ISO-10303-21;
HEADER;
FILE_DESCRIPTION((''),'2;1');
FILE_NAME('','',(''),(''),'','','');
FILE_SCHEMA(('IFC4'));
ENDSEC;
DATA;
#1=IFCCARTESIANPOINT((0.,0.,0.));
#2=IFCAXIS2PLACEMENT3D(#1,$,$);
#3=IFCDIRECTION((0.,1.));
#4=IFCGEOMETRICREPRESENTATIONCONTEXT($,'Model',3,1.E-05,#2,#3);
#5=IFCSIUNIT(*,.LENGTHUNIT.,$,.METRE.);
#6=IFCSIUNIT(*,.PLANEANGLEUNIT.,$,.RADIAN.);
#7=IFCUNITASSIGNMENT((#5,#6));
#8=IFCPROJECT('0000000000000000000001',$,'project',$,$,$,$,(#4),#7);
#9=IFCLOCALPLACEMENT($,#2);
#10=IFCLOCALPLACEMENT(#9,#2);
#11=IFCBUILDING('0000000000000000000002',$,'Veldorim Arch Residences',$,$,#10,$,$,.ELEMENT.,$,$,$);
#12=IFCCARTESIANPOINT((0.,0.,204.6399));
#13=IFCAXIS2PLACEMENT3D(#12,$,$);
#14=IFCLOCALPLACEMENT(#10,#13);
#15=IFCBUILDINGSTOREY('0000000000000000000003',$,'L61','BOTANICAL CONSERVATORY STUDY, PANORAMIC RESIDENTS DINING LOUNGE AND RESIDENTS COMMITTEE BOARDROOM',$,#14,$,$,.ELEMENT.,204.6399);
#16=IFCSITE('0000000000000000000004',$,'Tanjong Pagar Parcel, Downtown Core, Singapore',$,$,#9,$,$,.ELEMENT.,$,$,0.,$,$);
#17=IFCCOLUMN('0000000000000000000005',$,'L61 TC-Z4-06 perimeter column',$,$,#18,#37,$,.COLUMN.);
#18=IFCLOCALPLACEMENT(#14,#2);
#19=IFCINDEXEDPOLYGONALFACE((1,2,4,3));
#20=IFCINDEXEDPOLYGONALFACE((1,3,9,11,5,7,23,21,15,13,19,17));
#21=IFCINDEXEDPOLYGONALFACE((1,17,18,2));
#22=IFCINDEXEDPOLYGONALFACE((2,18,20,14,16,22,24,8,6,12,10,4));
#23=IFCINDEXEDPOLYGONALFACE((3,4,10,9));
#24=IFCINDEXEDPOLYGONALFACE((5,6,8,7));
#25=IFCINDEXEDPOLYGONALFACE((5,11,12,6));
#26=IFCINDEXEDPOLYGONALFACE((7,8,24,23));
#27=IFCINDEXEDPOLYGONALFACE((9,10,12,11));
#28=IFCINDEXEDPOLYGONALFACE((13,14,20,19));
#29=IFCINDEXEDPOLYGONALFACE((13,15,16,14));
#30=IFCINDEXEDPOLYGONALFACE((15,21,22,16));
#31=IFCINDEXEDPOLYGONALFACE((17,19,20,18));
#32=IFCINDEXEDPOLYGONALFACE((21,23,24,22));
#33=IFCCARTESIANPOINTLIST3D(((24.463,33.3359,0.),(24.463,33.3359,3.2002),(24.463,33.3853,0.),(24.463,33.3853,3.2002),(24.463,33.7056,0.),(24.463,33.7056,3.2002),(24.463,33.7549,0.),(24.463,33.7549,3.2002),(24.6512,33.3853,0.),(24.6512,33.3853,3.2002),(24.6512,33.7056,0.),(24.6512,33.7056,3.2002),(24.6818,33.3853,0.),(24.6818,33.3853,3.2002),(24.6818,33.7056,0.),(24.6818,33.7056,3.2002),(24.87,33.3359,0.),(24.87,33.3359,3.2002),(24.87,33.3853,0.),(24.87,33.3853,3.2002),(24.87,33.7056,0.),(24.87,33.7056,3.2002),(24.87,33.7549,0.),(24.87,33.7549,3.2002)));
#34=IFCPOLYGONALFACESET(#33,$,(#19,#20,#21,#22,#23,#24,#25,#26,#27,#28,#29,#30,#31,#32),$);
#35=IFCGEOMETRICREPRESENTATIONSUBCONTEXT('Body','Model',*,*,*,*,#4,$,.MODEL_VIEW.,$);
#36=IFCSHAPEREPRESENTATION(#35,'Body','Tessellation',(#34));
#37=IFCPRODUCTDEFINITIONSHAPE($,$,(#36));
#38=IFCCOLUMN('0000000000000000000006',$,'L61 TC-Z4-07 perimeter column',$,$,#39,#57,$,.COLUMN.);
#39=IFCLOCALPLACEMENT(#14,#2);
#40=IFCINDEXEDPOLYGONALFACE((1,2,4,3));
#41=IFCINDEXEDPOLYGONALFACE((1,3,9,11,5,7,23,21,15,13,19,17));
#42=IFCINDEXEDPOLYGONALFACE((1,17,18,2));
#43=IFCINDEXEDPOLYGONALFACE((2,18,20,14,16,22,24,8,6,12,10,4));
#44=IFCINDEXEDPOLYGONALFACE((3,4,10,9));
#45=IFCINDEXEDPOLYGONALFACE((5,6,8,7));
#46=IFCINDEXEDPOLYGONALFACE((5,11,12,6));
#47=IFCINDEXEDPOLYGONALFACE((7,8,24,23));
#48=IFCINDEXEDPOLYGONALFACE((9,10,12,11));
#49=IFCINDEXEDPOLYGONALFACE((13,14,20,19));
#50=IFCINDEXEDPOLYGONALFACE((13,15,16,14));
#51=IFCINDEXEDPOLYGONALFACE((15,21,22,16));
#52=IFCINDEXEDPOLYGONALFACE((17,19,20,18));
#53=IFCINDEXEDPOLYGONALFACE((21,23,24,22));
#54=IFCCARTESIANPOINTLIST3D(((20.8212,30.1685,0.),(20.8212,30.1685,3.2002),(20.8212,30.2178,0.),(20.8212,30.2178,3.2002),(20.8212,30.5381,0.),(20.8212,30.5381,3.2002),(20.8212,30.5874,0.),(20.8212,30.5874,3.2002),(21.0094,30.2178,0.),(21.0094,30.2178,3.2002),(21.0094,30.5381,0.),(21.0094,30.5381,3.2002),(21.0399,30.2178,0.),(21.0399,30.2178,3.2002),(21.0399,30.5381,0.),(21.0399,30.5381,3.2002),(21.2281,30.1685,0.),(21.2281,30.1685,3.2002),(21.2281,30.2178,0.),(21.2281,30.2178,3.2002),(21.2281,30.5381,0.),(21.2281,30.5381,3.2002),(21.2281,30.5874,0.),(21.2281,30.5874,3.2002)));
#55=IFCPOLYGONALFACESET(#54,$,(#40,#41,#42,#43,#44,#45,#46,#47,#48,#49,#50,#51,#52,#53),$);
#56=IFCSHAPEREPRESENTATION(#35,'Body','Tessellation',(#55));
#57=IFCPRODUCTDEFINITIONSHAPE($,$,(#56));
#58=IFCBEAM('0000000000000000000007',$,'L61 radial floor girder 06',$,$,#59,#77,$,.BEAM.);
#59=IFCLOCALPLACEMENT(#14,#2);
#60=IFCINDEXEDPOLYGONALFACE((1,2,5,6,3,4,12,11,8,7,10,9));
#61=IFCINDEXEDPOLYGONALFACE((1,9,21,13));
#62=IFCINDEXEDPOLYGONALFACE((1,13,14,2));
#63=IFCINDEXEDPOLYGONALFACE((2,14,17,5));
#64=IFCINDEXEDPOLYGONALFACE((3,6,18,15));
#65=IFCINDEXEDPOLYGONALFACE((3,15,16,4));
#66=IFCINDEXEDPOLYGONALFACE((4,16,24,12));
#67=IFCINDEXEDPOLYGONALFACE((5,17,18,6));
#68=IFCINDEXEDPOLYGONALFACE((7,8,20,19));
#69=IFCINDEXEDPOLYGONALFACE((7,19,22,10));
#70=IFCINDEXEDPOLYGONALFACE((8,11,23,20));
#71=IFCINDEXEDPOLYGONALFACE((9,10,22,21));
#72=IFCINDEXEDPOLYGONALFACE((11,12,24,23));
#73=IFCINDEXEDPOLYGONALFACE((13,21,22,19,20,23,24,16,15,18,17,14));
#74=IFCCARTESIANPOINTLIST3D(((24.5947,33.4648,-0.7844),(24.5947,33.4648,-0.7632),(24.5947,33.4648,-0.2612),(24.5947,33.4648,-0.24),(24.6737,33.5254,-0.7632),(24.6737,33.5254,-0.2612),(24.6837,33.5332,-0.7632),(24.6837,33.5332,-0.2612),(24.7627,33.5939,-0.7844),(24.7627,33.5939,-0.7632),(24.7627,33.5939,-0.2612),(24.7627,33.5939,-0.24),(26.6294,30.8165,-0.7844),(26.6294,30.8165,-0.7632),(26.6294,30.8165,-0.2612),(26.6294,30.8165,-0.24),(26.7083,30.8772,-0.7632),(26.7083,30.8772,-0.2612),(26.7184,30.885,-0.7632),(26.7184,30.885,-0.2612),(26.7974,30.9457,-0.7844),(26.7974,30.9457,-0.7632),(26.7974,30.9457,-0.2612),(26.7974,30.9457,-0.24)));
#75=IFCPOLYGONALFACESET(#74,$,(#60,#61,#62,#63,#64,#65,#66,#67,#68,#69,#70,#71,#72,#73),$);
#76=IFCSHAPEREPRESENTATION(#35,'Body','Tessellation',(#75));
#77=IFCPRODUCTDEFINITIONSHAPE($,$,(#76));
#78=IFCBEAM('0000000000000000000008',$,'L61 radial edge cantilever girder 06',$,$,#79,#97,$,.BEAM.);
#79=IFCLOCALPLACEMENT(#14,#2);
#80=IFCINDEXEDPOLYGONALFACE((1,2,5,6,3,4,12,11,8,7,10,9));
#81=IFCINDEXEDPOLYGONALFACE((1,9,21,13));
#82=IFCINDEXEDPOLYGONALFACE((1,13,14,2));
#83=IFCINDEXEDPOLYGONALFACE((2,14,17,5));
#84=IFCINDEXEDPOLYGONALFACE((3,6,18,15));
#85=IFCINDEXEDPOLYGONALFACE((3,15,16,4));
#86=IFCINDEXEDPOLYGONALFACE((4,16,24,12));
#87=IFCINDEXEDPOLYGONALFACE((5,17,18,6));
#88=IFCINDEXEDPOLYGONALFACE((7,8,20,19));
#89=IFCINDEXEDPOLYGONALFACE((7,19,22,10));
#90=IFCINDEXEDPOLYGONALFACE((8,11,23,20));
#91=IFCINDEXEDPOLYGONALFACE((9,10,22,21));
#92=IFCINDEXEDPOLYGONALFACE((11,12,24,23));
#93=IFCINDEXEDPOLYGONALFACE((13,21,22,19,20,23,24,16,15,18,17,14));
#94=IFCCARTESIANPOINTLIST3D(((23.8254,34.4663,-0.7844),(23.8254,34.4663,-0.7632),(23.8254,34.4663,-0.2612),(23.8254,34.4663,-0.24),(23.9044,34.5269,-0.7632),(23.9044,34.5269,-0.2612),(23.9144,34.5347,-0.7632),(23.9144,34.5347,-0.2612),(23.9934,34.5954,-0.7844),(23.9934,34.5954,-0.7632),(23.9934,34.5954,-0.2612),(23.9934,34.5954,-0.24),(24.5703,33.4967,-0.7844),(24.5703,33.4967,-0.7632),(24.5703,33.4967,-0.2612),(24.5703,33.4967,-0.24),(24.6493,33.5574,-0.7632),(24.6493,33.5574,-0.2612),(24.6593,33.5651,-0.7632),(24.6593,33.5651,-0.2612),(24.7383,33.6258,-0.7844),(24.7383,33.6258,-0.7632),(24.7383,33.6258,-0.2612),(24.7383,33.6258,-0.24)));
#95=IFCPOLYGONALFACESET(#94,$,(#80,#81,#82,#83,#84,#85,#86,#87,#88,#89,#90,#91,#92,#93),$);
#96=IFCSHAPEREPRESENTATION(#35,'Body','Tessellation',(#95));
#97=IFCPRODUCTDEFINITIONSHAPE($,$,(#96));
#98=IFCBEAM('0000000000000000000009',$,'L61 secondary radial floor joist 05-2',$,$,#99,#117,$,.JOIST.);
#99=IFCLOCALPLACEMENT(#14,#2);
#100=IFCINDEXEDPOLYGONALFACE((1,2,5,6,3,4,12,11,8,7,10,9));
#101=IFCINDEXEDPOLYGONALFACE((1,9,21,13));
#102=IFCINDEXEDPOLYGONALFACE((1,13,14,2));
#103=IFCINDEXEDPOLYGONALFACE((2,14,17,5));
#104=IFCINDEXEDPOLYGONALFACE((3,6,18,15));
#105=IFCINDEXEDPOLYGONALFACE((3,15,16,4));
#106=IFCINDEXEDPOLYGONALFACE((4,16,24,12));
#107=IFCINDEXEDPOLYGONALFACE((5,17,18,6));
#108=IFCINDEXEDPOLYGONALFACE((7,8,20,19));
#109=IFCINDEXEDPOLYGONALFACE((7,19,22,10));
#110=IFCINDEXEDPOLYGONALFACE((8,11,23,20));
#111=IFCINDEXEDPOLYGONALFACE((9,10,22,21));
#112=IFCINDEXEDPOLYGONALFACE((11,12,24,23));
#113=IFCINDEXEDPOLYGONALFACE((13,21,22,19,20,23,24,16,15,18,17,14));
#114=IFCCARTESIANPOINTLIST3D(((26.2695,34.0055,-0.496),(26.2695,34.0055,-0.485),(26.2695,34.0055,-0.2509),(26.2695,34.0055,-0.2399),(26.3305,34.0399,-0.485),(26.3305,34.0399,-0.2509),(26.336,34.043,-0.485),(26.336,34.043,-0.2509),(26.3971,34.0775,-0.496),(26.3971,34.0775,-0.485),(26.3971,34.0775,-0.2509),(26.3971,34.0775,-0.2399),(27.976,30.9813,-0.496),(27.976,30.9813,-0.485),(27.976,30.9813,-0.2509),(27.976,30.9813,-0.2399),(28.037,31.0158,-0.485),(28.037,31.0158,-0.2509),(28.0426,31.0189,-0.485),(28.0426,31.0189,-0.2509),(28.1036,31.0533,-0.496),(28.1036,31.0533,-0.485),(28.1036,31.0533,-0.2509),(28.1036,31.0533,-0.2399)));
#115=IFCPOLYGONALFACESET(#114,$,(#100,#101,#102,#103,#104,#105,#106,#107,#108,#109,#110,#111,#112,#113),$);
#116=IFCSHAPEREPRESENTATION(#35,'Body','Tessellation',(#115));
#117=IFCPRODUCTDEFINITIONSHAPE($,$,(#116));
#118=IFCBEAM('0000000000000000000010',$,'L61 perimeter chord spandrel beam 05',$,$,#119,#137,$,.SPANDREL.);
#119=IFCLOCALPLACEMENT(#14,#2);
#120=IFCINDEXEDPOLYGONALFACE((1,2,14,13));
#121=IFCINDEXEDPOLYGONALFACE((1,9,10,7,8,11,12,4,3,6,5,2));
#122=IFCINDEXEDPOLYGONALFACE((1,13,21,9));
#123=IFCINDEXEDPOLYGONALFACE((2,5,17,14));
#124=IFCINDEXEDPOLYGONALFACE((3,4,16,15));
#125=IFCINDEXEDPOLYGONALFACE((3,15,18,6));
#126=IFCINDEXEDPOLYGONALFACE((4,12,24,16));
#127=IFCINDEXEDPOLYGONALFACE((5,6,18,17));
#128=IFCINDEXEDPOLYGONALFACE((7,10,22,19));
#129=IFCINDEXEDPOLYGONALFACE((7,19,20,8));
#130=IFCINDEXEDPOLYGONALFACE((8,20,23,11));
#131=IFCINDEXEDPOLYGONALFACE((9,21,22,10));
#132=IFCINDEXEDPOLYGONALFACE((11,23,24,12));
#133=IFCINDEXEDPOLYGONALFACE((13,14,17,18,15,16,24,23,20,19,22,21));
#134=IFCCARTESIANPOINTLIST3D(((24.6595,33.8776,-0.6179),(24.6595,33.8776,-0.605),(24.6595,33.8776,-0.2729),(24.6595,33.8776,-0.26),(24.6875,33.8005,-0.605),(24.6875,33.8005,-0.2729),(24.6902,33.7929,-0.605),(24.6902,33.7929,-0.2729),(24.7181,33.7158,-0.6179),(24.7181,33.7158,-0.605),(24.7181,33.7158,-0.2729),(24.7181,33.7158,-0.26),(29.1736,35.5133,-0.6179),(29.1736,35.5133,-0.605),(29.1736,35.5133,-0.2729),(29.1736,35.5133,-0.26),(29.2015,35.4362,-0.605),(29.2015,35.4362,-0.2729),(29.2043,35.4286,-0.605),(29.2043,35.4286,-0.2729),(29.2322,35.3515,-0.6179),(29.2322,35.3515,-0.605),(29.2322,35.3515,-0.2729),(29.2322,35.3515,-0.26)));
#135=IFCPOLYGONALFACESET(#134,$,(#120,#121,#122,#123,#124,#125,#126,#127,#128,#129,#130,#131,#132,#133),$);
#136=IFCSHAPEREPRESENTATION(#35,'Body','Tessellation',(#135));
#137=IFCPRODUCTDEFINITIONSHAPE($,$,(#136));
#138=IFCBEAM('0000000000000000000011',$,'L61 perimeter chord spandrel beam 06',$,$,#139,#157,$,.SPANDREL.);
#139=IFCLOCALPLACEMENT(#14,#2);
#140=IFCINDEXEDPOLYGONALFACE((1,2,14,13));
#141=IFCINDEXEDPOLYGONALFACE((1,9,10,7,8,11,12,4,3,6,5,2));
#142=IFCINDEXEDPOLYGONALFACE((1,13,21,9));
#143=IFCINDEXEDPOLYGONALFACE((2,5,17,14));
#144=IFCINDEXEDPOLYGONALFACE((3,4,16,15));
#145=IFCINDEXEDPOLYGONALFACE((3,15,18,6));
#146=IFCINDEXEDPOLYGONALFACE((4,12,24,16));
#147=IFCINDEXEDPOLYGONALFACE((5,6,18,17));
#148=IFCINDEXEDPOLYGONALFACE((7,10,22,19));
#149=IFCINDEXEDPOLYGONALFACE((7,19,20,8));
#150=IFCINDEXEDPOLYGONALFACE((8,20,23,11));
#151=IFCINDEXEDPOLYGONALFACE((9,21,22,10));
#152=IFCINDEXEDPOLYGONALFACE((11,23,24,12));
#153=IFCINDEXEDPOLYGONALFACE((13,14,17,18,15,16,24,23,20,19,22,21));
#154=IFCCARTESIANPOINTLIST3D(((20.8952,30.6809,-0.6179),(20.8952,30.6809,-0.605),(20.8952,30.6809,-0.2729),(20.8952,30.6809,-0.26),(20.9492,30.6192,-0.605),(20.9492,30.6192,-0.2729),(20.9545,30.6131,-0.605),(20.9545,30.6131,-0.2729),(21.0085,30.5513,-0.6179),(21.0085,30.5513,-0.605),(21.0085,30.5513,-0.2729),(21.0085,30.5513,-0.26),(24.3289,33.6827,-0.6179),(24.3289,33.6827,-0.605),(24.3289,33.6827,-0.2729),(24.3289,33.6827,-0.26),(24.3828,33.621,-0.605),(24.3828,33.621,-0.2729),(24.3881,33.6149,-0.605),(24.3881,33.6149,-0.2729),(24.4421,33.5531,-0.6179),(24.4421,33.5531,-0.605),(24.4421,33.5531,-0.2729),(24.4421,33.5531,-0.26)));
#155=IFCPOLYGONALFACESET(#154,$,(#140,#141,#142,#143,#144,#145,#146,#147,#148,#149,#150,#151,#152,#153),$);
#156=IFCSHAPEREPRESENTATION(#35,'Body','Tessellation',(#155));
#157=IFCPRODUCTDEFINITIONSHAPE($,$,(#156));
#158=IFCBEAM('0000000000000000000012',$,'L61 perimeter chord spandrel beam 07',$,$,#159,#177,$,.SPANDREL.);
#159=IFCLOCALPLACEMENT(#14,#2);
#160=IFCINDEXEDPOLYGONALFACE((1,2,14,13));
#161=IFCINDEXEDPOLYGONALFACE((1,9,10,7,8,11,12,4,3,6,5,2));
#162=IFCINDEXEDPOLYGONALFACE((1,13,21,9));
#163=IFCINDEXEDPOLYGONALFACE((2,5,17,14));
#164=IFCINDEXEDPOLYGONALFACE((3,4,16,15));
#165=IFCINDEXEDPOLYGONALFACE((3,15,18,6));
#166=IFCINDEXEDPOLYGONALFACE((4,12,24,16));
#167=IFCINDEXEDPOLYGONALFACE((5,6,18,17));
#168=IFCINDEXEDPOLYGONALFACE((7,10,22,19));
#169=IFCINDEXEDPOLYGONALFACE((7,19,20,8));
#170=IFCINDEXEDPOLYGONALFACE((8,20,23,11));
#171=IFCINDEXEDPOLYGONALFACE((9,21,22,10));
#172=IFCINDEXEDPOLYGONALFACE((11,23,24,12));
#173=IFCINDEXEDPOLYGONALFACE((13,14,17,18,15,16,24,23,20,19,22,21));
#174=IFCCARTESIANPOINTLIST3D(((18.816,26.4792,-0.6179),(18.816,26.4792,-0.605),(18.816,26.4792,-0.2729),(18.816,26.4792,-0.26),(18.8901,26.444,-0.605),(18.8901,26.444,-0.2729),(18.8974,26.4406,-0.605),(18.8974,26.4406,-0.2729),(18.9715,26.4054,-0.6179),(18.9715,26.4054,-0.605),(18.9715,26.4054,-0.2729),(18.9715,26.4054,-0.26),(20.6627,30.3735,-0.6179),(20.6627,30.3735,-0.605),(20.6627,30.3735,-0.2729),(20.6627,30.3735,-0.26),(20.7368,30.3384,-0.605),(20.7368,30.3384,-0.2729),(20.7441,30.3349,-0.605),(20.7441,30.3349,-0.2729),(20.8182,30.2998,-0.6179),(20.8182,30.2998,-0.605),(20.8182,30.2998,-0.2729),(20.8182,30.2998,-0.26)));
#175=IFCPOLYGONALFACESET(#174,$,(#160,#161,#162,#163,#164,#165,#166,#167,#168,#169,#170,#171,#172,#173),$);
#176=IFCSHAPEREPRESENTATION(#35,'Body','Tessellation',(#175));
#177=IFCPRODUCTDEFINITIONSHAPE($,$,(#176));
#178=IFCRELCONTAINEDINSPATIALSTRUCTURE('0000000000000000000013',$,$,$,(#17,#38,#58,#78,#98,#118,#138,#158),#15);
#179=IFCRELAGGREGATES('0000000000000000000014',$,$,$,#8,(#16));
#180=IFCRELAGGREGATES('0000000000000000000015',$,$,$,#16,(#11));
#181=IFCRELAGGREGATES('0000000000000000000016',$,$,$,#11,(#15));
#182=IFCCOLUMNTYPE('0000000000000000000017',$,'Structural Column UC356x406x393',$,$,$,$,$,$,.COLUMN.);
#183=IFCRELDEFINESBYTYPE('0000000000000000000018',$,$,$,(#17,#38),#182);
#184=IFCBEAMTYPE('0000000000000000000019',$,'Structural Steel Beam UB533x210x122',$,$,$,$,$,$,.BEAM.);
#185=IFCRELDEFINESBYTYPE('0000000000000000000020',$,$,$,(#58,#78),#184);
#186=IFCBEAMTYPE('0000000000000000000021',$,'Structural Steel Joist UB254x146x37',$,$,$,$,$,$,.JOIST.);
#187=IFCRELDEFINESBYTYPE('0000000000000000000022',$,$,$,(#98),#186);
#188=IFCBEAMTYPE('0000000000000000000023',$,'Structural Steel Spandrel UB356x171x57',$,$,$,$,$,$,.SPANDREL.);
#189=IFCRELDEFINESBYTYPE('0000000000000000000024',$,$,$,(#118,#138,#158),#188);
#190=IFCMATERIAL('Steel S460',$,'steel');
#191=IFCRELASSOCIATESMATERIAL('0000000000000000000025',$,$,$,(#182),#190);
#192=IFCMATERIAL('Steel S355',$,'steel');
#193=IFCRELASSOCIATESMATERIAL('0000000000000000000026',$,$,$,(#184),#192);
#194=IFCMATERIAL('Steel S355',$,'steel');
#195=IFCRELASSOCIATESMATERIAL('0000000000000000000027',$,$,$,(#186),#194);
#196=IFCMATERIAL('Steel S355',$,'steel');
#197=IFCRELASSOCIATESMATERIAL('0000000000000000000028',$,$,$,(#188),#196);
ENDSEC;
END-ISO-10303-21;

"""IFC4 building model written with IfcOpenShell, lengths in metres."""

from ifc_helpers import new_model, si_unit, direction, frame, origin, origin_2d, place, context, subcontext, project, spatial, i_section, extrude, material, material_profile, profile_set, type_object, element, save


model = new_model("IFC4")

# Units and contexts
model_context = context("Model", 3, precision=1e-05, world=origin(), true_north=direction((0.0, 1.0)))
body_context = subcontext(model_context, "Body", "Model", "MODEL_VIEW")
ifc_project = project(units=[si_unit("LENGTHUNIT", "METRE"), si_unit("PLANEANGLEUNIT", "RADIAN")], contexts=[model_context])

# Site, building, storey
site_placement = place(None, origin())
site = spatial("IfcSite", under=ifc_project, at=site_placement, Name="Tanjong Pagar Parcel, Downtown Core, Singapore", CompositionType="ELEMENT", RefElevation=0.0)
building_placement = place(site_placement, origin())
building = spatial("IfcBuilding", under=site, at=building_placement, Name="Veldorim Arch Residences", CompositionType="ELEMENT")
storey_placement = place(building_placement, frame((0.0, 0.0, 204.6399)))
storey = spatial("IfcBuildingStorey", under=building, at=storey_placement, Name="L61", Description="BOTANICAL CONSERVATORY STUDY, PANORAMIC RESIDENTS DINING LOUNGE AND RESIDENTS COMMITTEE BOARDROOM", CompositionType="ELEMENT", Elevation=204.6399)

# Columns
ifc_material_1 = material(Name="Steel S460", Category="steel")
ifc_material_profile_1 = material_profile(ifc_material_1, i_section(OverallWidth=0.407, OverallDepth=0.4189, WebThickness=0.0305, FlangeThickness=0.0493, at=origin_2d()), Name="UC356x406x393")
ifc_profile_set_1 = profile_set([ifc_material_profile_1], Name="Steel S460")
column_type = type_object("IfcColumnType", Name="Structural Column UC356x406x393", PredefinedType="COLUMN", material=ifc_profile_set_1)
for number, where, z_axis, x_axis, name in (
    (1, (24.6665, 33.5454, 0.0), (0.0, 0.0, 1.0), (1.0, 0.0, 0.0), "L61 TC-Z4-06 perimeter column"),
    (2, (21.0247, 30.3779, 0.0), (0.0, 0.0, 1.0), (1.0, 0.0, 0.0), "L61 TC-Z4-07 perimeter column"),
):
    element("IfcColumn", number, at=place(storey_placement, frame(where, z_axis=z_axis, x_axis=x_axis)), inside=storey, type_object=column_type, Name=name, PredefinedType="COLUMN", context=body_context, shape_type="SweptSolid", body=[
        extrude(i_section(OverallWidth=0.407, OverallDepth=0.4189, WebThickness=0.0305, FlangeThickness=0.0493, at=origin_2d()), origin(), (0.0, 0.0, 1.0), 3.2002),
    ])

# Beams
ifc_material_2 = material(Name="Steel S355", Category="steel")
ifc_material_profile_2 = material_profile(ifc_material_2, i_section(OverallWidth=0.2119, OverallDepth=0.5444, WebThickness=0.0127, FlangeThickness=0.0212, at=origin_2d()), Name="UB533x210x122")
ifc_profile_set_2 = profile_set([ifc_material_profile_2], Name="Steel S355")
beam_type_1 = type_object("IfcBeamType", Name="Structural Steel Beam UB533x210x122", PredefinedType="BEAM", material=ifc_profile_set_2)
beam_1_placement = place(storey_placement, frame((26.7134, 30.8811, -0.5122), z_axis=(-0.609258, 0.792972, 0.0), x_axis=(-0.792972, -0.609258, 0.0)))
element("IfcBeam", 3, at=beam_1_placement, inside=storey, type_object=beam_type_1, Name="L61 radial floor girder 06", PredefinedType="BEAM", context=body_context, shape_type="SweptSolid", body=[
    extrude(i_section(OverallWidth=0.2119, OverallDepth=0.5444, WebThickness=0.0127, FlangeThickness=0.0212, at=origin_2d()), origin(), (0.0, 0.0, 1.0), 3.3396),
])
beam_2_placement = place(storey_placement, frame((24.6543, 33.5613, -0.5122), z_axis=(-0.609257, 0.792973, 0.0), x_axis=(-0.792973, -0.609257, 0.0)))
element("IfcBeam", 4, at=beam_2_placement, inside=storey, type_object=beam_type_1, Name="L61 radial edge cantilever girder 06", PredefinedType="BEAM", context=body_context, shape_type="SweptSolid", body=[
    extrude(i_section(OverallWidth=0.2119, OverallDepth=0.5444, WebThickness=0.0127, FlangeThickness=0.0212, at=origin_2d()), origin(), (0.0, 0.0, 1.0), 1.2227),
])
ifc_material_3 = material(Name="Steel S355", Category="steel")
ifc_material_profile_3 = material_profile(ifc_material_3, i_section(OverallWidth=0.1465, OverallDepth=0.2561, WebThickness=0.0063, FlangeThickness=0.011, at=origin_2d()), Name="UB254x146x37")
ifc_profile_set_3 = profile_set([ifc_material_profile_3], Name="Steel S355")
beam_type_2 = type_object("IfcBeamType", Name="Structural Steel Joist UB254x146x37", PredefinedType="JOIST", material=ifc_profile_set_3)
beam_3_placement = place(storey_placement, frame((28.0398, 31.0173, -0.3679), z_axis=(-0.491452, 0.870904, 0.0), x_axis=(-0.870904, -0.491452, 0.0)))
element("IfcBeam", 5, at=beam_3_placement, inside=storey, type_object=beam_type_2, Name="L61 secondary radial floor joist 05-2", PredefinedType="JOIST", context=body_context, shape_type="SweptSolid", body=[
    extrude(i_section(OverallWidth=0.1465, OverallDepth=0.2561, WebThickness=0.0063, FlangeThickness=0.011, at=origin_2d()), origin(), (0.0, 0.0, 1.0), 3.4724),
])
ifc_material_4 = material(Name="Steel S355", Category="steel")
ifc_material_profile_4 = material_profile(ifc_material_4, i_section(OverallWidth=0.1721, OverallDepth=0.3579, WebThickness=0.0081, FlangeThickness=0.0129, at=origin_2d()), Name="UB356x171x57")
ifc_profile_set_4 = profile_set([ifc_material_profile_4], Name="Steel S355")
beam_type_3 = type_object("IfcBeamType", Name="Structural Steel Spandrel UB356x171x57", PredefinedType="SPANDREL", material=ifc_profile_set_4)
beam_4_placement = place(storey_placement, frame((29.2029, 35.4324, -0.439), z_axis=(-0.940179, -0.340681, 0.0), x_axis=(0.340681, -0.940179, 0.0)))
element("IfcBeam", 6, at=beam_4_placement, inside=storey, type_object=beam_type_3, Name="L61 perimeter chord spandrel beam 05", PredefinedType="SPANDREL", context=body_context, shape_type="SweptSolid", body=[
    extrude(i_section(OverallWidth=0.1721, OverallDepth=0.3579, WebThickness=0.0081, FlangeThickness=0.0129, at=origin_2d()), origin(), (0.0, 0.0, 1.0), 4.8013),
])
beam_5_placement = place(storey_placement, frame((24.3855, 33.6179, -0.439), z_axis=(-0.752868, -0.658171, 0.0), x_axis=(0.658171, -0.752868, 0.0)))
element("IfcBeam", 7, at=beam_5_placement, inside=storey, type_object=beam_type_3, Name="L61 perimeter chord spandrel beam 06", PredefinedType="SPANDREL", context=body_context, shape_type="SweptSolid", body=[
    extrude(i_section(OverallWidth=0.1721, OverallDepth=0.3579, WebThickness=0.0081, FlangeThickness=0.0129, at=origin_2d()), origin(), (0.0, 0.0, 1.0), 4.5608),
])
beam_6_placement = place(storey_placement, frame((20.7405, 30.3367, -0.439), z_axis=(-0.428469, -0.903557, 0.0), x_axis=(0.903557, -0.428469, 0.0)))
element("IfcBeam", 8, at=beam_6_placement, inside=storey, type_object=beam_type_3, Name="L61 perimeter chord spandrel beam 07", PredefinedType="SPANDREL", context=body_context, shape_type="SweptSolid", body=[
    extrude(i_section(OverallWidth=0.1721, OverallDepth=0.3579, WebThickness=0.0081, FlangeThickness=0.0129, at=origin_2d()), origin(), (0.0, 0.0, 1.0), 4.3101),
])

save(model, "model.ifc")
